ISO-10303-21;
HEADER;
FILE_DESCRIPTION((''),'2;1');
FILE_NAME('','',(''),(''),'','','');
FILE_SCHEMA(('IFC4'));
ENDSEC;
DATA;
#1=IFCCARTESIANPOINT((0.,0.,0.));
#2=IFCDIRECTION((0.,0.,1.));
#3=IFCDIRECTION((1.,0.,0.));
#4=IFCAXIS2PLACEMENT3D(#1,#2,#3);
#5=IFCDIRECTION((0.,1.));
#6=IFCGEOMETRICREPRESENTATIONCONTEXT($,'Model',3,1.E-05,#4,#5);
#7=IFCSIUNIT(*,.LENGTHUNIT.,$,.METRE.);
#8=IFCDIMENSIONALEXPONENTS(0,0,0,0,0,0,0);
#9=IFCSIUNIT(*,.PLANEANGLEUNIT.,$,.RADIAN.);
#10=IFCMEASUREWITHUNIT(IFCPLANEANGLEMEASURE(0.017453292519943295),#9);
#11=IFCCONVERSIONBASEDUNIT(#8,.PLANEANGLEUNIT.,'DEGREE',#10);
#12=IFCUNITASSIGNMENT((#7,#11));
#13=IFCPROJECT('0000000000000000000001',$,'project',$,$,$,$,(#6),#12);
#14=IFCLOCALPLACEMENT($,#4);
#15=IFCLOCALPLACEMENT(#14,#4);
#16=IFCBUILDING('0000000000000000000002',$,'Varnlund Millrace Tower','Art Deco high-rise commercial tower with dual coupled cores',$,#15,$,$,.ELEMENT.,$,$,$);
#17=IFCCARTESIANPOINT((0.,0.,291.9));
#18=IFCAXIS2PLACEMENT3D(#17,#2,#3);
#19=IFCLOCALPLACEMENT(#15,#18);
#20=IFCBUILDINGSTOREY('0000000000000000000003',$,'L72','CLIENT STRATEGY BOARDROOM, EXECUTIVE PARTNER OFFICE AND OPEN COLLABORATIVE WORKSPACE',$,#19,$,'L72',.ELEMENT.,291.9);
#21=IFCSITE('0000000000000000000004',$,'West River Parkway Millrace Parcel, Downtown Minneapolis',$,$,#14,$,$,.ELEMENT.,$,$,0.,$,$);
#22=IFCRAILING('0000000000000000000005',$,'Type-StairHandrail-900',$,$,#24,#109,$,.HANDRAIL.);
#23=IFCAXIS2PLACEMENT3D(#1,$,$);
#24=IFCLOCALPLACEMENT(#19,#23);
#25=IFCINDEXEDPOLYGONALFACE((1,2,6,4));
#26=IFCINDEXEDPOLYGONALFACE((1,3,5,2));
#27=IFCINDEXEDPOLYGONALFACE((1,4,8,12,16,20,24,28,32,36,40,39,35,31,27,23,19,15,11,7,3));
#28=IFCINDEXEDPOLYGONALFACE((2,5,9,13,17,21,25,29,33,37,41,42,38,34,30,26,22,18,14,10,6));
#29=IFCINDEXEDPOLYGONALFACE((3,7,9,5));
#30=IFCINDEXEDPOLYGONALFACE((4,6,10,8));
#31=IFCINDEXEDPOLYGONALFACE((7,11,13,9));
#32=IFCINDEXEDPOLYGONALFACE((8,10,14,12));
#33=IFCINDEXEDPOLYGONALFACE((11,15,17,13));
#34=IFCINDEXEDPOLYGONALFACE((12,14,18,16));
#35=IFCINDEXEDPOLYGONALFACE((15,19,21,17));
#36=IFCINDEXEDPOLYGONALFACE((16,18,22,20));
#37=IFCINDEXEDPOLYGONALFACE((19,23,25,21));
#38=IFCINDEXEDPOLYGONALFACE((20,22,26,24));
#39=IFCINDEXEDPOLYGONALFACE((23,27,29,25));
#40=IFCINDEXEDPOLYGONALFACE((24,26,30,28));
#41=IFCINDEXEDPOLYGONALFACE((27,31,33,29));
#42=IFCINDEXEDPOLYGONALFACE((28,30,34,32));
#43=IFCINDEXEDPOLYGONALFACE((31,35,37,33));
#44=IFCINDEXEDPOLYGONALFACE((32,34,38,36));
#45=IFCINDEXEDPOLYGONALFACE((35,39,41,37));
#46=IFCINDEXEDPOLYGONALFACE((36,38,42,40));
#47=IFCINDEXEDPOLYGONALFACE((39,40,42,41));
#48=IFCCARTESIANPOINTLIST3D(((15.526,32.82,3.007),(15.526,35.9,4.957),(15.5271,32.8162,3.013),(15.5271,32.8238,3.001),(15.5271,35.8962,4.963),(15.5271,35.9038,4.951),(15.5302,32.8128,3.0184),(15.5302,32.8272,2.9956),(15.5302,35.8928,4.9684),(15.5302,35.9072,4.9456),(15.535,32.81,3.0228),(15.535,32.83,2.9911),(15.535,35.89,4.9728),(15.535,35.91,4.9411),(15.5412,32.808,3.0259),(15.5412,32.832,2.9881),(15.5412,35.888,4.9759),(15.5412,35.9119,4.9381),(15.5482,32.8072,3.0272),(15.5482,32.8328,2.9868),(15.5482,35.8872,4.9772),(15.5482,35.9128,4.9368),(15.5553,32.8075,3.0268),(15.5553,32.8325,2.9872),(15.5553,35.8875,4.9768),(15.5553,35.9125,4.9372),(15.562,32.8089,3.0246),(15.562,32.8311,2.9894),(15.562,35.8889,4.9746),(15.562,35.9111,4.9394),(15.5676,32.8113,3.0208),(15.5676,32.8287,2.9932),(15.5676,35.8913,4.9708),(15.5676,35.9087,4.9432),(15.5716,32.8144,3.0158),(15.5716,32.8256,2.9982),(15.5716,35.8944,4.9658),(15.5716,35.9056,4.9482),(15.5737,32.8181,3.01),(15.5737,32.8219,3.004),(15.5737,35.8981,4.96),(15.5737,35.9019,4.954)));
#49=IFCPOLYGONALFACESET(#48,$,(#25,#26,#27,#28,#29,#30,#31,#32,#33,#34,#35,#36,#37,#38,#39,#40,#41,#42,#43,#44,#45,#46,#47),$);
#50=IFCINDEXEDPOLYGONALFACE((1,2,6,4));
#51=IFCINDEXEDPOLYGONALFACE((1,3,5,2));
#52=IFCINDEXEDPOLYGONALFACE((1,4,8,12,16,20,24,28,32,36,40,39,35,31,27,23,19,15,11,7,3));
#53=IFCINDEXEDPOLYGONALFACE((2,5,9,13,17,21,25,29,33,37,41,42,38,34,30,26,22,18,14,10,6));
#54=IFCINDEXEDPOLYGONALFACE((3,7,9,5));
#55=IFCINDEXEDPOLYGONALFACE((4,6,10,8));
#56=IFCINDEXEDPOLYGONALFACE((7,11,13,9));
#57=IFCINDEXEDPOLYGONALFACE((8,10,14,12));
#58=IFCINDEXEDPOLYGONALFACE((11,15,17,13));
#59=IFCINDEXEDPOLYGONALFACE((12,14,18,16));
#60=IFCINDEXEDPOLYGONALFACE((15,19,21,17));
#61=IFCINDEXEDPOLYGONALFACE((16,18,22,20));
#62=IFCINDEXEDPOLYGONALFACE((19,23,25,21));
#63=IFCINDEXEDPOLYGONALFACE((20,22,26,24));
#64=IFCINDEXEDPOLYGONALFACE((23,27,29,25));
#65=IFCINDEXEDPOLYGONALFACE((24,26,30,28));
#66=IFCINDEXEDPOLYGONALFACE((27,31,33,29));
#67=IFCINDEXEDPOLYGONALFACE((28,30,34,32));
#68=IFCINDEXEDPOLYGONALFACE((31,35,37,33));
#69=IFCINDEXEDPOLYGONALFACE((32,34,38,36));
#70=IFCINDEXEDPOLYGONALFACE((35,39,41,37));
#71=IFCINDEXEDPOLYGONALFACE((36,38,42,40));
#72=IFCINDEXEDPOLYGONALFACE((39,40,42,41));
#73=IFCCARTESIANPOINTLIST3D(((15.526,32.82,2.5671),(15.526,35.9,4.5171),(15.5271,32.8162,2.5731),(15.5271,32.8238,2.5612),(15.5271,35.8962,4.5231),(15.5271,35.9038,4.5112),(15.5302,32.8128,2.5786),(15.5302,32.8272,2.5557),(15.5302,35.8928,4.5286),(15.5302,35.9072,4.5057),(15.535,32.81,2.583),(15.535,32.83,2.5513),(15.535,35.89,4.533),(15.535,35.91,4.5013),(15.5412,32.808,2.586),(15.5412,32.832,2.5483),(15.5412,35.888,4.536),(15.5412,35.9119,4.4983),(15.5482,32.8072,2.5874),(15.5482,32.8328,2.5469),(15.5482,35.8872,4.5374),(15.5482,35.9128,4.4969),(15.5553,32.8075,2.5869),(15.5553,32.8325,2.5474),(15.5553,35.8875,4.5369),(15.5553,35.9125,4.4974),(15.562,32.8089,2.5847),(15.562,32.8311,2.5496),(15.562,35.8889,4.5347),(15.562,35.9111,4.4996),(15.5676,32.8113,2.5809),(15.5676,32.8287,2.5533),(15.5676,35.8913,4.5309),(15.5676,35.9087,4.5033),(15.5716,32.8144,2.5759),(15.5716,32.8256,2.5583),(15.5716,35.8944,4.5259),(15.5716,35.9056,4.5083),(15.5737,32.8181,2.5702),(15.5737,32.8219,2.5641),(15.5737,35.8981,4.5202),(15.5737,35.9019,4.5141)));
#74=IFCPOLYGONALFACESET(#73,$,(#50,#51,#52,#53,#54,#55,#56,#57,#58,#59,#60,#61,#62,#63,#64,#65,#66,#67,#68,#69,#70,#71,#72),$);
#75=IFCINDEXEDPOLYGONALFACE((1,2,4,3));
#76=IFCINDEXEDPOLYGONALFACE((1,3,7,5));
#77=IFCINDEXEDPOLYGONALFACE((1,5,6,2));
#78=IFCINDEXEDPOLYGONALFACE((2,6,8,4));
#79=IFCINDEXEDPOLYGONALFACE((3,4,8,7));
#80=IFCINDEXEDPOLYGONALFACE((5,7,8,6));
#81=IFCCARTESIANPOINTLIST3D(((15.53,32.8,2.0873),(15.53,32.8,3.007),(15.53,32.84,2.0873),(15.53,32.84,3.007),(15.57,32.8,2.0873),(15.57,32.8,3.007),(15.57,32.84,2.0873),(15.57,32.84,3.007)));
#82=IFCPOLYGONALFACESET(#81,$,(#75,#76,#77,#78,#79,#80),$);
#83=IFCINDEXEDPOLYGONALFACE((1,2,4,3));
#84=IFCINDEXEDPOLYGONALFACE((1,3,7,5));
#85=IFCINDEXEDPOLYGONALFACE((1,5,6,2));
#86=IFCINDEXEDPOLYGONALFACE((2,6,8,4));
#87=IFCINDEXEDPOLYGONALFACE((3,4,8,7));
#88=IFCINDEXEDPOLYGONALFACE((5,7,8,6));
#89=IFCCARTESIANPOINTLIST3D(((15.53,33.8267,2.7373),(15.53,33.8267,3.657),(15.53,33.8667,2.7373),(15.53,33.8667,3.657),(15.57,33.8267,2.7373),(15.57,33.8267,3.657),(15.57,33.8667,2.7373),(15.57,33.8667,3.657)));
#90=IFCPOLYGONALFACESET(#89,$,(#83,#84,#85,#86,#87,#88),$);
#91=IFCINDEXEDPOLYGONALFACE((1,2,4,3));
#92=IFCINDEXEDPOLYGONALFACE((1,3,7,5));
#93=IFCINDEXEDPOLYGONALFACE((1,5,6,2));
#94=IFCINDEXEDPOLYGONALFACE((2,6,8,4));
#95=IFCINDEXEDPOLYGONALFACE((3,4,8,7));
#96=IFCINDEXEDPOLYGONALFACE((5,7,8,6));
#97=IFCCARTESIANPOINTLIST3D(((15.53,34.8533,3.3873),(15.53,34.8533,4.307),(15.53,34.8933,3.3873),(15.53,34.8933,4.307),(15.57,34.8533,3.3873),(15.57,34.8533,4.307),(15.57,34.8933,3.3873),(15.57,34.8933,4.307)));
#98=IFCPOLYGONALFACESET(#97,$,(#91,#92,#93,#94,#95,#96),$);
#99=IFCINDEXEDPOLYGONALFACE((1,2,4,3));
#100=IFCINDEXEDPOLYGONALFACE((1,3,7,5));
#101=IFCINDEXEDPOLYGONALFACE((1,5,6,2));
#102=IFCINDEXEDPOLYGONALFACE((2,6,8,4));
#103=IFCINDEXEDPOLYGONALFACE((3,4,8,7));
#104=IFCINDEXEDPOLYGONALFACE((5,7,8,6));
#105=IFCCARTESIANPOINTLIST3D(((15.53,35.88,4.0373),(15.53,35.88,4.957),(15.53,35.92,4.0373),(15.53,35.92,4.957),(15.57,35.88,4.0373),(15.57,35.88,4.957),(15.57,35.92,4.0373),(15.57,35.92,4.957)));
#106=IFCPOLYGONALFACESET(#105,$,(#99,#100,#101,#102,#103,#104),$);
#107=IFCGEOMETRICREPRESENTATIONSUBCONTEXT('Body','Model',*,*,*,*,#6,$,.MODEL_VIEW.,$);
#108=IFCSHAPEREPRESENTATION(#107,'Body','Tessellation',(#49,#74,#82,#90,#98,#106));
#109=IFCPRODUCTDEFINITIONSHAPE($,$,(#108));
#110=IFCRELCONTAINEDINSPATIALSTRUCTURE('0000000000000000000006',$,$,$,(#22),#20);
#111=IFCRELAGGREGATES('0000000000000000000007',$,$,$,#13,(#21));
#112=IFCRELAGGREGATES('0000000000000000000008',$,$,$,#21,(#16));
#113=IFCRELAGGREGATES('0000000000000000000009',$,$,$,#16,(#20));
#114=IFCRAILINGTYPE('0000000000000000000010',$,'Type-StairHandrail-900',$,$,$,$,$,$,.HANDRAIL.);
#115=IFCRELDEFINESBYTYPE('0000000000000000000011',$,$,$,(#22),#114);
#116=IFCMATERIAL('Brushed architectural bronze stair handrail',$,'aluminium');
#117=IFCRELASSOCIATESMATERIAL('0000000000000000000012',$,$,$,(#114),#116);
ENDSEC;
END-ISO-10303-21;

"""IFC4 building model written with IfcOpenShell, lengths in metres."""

from ifc_helpers import new_model, entity, si_unit, converted_unit, direction, frame, origin_with_axes, origin_2d_with_axis, place, context, subcontext, project, spatial, rectangle, circle, extrude, material, type_object, element, save


model = new_model("IFC4")

# Units and contexts
model_context = context("Model", 3, precision=1e-05, world=origin_with_axes(), true_north=direction((0.0, 1.0)))
body_context = subcontext(model_context, "Body", "Model", "MODEL_VIEW")
ifc_project = project(units=[si_unit("LENGTHUNIT", "METRE"), converted_unit("PLANEANGLEUNIT", "DEGREE", entity("IfcPlaneAngleMeasure", 0.017453292519943295), si_unit("PLANEANGLEUNIT", "RADIAN"), dimensions=[0, 0, 0, 0, 0, 0, 0])], contexts=[model_context])

# Site, building, storey
site_placement = place(None, origin_with_axes())
site = spatial("IfcSite", under=ifc_project, at=site_placement, Name="West River Parkway Millrace Parcel, Downtown Minneapolis", CompositionType="ELEMENT", RefElevation=0.0)
building_placement = place(site_placement, origin_with_axes())
building = spatial("IfcBuilding", under=site, at=building_placement, Name="Varnlund Millrace Tower", Description="Art Deco high-rise commercial tower with dual coupled cores", CompositionType="ELEMENT")
storey_placement = place(building_placement, frame((0.0, 0.0, 291.9), z_axis=(0.0, 0.0, 1.0), x_axis=(1.0, 0.0, 0.0)))
storey = spatial("IfcBuildingStorey", under=building, at=storey_placement, Name="L72", Description="CLIENT STRATEGY BOARDROOM, EXECUTIVE PARTNER OFFICE AND OPEN COLLABORATIVE WORKSPACE", LongName="L72", CompositionType="ELEMENT", Elevation=291.9)

# Railing
ifc_material_1 = material(Name="Brushed architectural bronze stair handrail", Category="aluminium")
railing_type_1 = type_object("IfcRailingType", Name="Type-StairHandrail-900", PredefinedType="HANDRAIL", material=ifc_material_1)
railing_1_placement = place(storey_placement, frame((0.0, 0.0, -291.9), z_axis=(0.0, 0.0, 1.0), x_axis=(1.0, 0.0, 0.0)))
element("IfcRailing", 1, at=railing_1_placement, inside=storey, type_object=railing_type_1, Name="Type-StairHandrail-900", PredefinedType="HANDRAIL", context=body_context, shape_type="SweptSolid", body=[
    extrude(circle(Radius=0.024, at=origin_2d_with_axis()), frame((15.55, 32.82, 294.907), z_axis=(0.0, 0.844902, 0.534922), x_axis=(-1.0, 0.0, 0.0)), (0.0, 0.0, 1.0), 3.6454),
    extrude(circle(Radius=0.024, at=origin_2d_with_axis()), frame((15.55, 32.82, 294.4671), z_axis=(0.0, 0.844902, 0.534922), x_axis=(-1.0, 0.0, 0.0)), (0.0, 0.0, 1.0), 3.6454),
    extrude(rectangle(XDim=0.04, YDim=0.04, at=origin_2d_with_axis()), frame((15.55, 32.82, 293.9873), z_axis=(0.0, 0.0, 1.0), x_axis=(1.0, 0.0, 0.0)), (0.0, 0.0, 1.0), 0.9197),
    extrude(rectangle(XDim=0.04, YDim=0.04, at=origin_2d_with_axis()), frame((15.55, 33.8467, 294.6373), z_axis=(0.0, 0.0, 1.0), x_axis=(1.0, 0.0, 0.0)), (0.0, 0.0, 1.0), 0.9197),
    extrude(rectangle(XDim=0.04, YDim=0.04, at=origin_2d_with_axis()), frame((15.55, 34.8733, 295.2873), z_axis=(0.0, 0.0, 1.0), x_axis=(1.0, 0.0, 0.0)), (0.0, 0.0, 1.0), 0.9197),
    extrude(rectangle(XDim=0.04, YDim=0.04, at=origin_2d_with_axis()), frame((15.55, 35.9, 295.9373), z_axis=(0.0, 0.0, 1.0), x_axis=(1.0, 0.0, 0.0)), (0.0, 0.0, 1.0), 0.9197),
])

save(model, "model.ifc")
